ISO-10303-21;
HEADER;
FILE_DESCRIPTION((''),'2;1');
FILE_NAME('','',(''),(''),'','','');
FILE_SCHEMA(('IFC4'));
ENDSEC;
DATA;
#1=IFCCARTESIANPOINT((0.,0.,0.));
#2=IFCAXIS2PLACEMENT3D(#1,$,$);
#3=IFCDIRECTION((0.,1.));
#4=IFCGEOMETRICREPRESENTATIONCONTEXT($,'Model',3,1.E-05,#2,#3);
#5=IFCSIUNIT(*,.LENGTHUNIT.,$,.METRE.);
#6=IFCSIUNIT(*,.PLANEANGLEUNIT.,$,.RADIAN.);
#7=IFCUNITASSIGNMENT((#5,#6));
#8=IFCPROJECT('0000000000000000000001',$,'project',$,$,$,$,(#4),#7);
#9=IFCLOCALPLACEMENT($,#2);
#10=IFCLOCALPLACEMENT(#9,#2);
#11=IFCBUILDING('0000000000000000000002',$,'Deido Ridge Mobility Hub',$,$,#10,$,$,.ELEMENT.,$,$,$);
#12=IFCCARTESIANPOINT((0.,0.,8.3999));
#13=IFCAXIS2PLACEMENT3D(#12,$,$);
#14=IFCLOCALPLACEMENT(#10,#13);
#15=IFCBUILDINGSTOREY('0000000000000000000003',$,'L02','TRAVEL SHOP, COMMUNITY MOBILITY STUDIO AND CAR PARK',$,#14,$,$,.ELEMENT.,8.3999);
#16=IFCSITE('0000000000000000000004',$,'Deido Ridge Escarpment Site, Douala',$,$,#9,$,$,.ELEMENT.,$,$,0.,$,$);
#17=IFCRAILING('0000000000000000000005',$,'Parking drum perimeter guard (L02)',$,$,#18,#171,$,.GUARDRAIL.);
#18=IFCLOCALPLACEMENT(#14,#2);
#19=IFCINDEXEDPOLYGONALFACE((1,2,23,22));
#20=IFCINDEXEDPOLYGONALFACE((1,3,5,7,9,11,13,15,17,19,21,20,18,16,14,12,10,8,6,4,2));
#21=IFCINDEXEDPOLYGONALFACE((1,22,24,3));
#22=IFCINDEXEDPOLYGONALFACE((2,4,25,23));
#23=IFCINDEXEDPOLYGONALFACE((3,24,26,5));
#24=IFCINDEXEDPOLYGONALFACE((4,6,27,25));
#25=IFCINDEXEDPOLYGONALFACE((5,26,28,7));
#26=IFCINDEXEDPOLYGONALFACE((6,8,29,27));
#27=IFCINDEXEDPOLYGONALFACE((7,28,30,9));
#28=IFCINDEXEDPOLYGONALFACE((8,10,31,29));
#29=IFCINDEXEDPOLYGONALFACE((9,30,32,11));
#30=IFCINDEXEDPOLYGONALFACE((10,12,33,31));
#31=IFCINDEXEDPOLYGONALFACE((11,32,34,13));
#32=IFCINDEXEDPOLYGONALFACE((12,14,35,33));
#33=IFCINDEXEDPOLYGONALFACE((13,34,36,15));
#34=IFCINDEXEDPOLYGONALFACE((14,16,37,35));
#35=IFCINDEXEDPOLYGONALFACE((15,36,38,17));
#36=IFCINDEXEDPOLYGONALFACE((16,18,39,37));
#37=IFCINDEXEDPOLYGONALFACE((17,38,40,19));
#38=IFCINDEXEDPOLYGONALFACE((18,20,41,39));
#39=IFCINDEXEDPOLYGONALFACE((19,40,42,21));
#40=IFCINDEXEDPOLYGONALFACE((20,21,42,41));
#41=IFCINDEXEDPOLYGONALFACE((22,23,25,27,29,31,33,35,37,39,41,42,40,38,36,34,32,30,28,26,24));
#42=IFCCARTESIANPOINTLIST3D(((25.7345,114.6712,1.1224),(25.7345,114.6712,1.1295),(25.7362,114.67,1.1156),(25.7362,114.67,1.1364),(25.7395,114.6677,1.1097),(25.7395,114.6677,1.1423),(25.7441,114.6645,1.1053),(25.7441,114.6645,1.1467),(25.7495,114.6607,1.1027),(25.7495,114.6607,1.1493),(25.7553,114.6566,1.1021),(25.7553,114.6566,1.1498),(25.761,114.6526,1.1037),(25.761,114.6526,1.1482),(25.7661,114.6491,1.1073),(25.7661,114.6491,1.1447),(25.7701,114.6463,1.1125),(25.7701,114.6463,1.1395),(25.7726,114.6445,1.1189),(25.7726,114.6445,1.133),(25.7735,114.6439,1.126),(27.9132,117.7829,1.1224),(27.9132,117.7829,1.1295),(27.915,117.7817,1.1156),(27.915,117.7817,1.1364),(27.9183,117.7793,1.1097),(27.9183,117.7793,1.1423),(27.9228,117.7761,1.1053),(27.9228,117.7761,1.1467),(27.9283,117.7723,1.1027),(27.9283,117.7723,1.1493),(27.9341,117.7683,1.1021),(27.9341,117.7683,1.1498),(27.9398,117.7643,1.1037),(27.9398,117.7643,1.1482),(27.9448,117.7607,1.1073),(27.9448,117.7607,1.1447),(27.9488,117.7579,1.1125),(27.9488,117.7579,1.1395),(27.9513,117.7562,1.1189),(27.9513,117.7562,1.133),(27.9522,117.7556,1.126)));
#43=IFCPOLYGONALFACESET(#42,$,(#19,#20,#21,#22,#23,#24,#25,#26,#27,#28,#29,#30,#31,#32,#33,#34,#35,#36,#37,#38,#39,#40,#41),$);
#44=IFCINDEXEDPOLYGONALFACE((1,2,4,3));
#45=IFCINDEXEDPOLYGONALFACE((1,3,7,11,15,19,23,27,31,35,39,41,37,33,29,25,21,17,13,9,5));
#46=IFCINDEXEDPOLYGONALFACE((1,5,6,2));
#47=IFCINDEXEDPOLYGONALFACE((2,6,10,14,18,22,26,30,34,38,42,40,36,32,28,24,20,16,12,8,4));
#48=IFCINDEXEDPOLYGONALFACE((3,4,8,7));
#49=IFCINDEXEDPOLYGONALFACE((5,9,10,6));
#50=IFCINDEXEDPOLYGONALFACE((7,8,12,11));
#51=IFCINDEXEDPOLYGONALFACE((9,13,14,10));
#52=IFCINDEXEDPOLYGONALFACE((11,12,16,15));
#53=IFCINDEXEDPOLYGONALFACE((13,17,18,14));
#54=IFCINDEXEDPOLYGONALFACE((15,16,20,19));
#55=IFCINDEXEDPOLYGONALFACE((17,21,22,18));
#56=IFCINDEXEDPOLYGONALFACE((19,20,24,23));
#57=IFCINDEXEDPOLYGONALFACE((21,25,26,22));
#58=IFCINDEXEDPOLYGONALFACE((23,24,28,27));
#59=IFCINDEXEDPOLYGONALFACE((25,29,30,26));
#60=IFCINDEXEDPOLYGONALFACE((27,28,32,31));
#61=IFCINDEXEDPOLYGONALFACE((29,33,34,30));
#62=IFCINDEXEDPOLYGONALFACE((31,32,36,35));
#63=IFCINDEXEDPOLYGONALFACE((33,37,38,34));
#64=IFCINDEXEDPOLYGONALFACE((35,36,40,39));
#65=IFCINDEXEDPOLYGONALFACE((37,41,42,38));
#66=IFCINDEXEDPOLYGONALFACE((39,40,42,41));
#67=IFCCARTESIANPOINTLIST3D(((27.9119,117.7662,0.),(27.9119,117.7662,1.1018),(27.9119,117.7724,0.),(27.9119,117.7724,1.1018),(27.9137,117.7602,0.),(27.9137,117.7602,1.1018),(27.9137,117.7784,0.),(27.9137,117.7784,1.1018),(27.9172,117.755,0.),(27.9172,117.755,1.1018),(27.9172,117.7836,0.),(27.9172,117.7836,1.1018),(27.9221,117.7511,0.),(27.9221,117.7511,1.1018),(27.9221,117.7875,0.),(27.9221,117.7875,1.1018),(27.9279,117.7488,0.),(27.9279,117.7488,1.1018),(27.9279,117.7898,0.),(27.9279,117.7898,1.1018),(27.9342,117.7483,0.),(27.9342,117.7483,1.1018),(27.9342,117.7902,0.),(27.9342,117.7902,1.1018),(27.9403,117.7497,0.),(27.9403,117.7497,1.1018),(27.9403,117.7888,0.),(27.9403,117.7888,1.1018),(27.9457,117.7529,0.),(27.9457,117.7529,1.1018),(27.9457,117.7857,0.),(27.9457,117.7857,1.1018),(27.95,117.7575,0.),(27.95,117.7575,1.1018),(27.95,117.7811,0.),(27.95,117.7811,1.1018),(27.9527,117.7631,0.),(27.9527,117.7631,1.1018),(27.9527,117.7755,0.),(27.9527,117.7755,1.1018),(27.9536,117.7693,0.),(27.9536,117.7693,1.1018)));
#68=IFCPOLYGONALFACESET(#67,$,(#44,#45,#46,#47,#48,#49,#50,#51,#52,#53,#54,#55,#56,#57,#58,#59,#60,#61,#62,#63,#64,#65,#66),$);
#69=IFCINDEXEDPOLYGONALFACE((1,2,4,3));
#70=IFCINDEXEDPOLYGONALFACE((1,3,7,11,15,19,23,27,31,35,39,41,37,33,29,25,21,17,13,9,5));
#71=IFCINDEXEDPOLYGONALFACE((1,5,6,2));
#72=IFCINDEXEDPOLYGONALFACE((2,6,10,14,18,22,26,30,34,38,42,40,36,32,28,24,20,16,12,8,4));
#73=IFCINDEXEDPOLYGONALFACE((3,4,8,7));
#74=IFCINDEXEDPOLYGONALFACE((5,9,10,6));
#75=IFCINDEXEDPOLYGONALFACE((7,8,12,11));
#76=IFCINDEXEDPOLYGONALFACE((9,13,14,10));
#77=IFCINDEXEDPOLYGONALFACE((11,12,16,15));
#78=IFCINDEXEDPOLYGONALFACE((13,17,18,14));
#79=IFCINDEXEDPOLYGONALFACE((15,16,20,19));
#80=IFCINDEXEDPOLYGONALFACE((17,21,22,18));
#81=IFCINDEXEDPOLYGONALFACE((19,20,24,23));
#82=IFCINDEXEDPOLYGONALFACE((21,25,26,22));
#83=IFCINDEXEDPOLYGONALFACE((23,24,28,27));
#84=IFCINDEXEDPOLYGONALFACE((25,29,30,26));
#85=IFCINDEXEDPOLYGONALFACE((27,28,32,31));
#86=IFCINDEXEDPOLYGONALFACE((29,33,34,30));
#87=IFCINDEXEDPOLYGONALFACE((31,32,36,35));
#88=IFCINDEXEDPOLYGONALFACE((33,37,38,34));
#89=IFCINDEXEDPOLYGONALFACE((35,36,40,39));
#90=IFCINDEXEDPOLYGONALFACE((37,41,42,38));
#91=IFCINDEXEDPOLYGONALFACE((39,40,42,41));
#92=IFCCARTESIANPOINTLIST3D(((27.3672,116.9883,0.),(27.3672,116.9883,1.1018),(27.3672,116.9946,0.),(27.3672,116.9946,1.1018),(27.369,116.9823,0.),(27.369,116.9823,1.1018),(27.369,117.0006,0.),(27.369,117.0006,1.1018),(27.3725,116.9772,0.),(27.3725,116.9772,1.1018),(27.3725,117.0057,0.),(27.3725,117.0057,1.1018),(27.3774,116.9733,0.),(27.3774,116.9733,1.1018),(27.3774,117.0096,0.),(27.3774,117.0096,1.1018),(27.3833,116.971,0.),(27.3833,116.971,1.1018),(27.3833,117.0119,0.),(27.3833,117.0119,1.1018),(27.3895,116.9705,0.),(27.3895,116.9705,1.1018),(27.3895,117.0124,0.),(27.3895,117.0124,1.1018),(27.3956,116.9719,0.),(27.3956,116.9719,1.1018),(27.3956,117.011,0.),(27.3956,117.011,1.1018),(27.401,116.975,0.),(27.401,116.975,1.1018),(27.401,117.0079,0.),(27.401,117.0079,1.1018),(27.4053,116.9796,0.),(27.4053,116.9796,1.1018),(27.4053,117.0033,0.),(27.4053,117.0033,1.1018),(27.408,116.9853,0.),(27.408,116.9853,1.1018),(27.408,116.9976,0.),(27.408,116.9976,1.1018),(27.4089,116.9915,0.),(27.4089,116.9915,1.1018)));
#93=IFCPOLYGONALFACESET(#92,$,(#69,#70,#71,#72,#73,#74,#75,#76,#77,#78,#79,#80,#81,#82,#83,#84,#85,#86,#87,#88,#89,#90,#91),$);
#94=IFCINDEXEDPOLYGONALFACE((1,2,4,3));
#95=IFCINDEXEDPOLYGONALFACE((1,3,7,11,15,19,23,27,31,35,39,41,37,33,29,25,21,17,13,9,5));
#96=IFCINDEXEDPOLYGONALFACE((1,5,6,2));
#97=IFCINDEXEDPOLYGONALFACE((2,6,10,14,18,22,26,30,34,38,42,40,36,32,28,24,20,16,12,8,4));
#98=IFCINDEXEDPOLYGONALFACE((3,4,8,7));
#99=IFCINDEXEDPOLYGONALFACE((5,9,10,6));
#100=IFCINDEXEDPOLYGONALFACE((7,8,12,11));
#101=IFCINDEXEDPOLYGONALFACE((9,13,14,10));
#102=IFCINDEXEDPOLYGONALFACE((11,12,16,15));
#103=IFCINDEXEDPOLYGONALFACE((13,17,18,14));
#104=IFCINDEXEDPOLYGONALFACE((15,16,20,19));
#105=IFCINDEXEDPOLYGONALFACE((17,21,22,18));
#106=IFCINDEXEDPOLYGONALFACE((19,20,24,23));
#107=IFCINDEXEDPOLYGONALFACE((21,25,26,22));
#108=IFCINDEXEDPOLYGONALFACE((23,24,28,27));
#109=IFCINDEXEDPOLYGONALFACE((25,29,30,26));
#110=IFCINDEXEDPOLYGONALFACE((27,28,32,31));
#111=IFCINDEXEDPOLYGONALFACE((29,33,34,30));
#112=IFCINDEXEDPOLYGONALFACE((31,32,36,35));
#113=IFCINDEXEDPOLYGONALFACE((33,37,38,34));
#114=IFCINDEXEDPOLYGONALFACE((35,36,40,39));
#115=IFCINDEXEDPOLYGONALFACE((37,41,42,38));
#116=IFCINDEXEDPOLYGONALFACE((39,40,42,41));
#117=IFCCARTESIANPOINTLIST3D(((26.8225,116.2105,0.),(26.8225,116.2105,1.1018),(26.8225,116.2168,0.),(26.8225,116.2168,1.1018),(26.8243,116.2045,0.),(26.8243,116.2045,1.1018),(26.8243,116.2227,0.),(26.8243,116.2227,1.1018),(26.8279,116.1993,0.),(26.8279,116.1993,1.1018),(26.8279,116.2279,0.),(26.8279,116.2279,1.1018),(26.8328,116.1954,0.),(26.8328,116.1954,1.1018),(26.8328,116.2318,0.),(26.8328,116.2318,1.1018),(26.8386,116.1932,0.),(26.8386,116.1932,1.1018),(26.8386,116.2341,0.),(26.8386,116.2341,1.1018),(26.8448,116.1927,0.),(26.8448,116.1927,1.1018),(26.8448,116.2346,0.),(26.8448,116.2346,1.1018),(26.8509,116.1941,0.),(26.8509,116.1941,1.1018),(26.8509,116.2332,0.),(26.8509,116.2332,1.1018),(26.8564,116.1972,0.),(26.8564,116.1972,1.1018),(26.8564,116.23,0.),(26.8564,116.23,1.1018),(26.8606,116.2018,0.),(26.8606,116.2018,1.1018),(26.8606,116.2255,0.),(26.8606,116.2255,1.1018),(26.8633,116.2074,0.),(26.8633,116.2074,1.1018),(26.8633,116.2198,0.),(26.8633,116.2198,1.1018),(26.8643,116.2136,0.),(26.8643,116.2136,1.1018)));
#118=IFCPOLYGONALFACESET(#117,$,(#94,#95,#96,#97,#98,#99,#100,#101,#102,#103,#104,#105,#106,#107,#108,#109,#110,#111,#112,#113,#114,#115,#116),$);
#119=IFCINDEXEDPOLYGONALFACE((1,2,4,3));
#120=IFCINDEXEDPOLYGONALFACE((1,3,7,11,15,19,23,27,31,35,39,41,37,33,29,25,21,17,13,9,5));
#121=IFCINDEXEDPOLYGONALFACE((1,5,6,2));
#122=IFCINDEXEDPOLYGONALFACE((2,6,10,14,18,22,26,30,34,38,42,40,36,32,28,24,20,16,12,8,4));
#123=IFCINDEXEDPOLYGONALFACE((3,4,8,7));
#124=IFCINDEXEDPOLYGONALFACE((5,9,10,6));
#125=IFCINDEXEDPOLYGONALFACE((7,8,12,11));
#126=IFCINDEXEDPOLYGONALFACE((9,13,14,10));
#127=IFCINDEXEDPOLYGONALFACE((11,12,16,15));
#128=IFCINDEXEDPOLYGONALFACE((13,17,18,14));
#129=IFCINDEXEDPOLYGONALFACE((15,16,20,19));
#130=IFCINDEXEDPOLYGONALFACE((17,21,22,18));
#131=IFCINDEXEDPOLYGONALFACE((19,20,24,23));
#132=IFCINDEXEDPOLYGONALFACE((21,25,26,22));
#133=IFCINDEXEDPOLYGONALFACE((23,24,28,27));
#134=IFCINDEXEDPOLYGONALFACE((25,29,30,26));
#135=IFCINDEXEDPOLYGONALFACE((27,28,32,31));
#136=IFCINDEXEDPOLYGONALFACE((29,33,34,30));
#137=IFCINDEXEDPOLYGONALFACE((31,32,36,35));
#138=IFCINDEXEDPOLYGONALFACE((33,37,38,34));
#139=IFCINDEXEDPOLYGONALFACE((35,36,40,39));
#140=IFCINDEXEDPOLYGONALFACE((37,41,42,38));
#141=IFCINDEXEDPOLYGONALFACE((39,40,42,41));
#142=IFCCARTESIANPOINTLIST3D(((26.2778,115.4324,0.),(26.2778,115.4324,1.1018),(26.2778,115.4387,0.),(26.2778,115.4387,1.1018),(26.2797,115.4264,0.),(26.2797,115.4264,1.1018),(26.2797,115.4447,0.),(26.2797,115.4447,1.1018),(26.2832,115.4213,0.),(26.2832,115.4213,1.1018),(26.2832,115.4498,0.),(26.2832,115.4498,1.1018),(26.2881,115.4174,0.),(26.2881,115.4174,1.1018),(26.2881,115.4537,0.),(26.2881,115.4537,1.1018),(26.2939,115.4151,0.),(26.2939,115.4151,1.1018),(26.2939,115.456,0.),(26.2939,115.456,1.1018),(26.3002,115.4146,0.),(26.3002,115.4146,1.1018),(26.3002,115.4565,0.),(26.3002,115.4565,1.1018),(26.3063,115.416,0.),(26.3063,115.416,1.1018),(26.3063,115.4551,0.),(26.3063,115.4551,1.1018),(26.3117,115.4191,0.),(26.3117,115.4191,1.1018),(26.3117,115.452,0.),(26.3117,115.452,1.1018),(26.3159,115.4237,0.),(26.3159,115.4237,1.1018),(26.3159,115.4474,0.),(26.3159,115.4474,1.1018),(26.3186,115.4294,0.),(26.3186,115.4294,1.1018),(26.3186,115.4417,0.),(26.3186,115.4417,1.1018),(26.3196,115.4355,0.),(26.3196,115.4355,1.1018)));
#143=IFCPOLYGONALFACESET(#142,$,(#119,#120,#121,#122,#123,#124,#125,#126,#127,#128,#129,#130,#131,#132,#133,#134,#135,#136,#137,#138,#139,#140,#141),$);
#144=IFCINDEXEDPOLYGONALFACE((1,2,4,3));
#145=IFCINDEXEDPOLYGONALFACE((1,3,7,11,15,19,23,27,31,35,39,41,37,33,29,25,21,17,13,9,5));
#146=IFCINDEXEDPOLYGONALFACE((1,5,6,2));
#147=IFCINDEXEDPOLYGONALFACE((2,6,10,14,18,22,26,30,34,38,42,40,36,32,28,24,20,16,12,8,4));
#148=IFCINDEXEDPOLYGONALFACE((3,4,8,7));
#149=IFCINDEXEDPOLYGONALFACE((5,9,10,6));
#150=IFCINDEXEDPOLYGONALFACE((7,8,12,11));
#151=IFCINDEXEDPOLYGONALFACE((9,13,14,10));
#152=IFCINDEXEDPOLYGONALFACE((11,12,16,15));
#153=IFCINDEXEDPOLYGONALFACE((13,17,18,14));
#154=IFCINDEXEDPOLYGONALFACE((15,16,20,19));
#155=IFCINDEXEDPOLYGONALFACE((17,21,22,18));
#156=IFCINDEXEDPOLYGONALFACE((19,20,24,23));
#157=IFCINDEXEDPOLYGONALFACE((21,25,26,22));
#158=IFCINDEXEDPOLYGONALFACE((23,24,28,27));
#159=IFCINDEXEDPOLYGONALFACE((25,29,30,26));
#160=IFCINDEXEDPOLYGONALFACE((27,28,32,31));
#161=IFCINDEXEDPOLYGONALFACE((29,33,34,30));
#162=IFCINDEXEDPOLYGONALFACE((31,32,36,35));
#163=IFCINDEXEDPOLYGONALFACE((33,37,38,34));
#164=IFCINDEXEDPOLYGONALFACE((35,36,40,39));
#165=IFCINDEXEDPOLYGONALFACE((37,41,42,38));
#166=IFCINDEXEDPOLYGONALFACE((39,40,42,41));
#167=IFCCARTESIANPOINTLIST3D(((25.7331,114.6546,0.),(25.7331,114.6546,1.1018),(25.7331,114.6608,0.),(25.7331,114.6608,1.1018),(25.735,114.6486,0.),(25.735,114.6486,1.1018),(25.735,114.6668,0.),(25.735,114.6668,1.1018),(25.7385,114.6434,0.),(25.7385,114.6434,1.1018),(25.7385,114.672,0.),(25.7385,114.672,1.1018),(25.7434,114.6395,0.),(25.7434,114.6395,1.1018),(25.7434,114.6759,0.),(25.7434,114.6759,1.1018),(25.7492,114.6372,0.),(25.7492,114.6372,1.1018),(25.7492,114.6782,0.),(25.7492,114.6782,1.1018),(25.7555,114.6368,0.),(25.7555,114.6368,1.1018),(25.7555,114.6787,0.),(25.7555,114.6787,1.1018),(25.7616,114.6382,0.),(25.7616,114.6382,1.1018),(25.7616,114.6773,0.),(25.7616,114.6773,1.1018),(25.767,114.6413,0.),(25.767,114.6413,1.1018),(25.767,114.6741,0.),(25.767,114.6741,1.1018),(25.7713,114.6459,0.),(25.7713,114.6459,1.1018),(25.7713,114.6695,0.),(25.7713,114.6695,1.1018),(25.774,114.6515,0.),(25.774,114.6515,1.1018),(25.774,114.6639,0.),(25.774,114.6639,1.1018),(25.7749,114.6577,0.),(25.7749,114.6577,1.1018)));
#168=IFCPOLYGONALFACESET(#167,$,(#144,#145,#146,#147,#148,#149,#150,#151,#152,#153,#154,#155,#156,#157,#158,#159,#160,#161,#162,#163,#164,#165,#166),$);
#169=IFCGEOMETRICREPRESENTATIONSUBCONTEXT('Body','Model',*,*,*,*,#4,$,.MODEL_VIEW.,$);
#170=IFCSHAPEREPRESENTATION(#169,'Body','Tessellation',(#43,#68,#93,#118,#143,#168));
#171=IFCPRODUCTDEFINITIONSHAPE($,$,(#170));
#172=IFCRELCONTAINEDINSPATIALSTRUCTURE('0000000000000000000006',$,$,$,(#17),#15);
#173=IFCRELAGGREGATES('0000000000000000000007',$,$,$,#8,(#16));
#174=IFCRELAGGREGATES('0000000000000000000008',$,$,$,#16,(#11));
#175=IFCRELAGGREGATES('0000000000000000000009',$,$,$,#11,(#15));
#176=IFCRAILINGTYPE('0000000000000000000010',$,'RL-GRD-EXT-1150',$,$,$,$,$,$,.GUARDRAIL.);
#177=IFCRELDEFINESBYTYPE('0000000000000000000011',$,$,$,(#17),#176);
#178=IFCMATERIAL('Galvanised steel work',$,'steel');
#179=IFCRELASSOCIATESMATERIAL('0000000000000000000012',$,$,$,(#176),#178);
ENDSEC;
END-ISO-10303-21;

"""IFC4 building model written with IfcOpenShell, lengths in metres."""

from ifc_helpers import new_model, si_unit, direction, frame, origin, origin_2d, place, context, subcontext, project, spatial, circle, extrude, material, type_object, element, save


model = new_model("IFC4")

# Units and contexts
model_context = context("Model", 3, precision=1e-05, world=origin(), true_north=direction((0.0, 1.0)))
body_context = subcontext(model_context, "Body", "Model", "MODEL_VIEW")
ifc_project = project(units=[si_unit("LENGTHUNIT", "METRE"), si_unit("PLANEANGLEUNIT", "RADIAN")], contexts=[model_context])

# Site, building, storey
site_placement = place(None, origin())
site = spatial("IfcSite", under=ifc_project, at=site_placement, Name="Deido Ridge Escarpment Site, Douala", CompositionType="ELEMENT", RefElevation=0.0)
building_placement = place(site_placement, origin())
building = spatial("IfcBuilding", under=site, at=building_placement, Name="Deido Ridge Mobility Hub", CompositionType="ELEMENT")
storey_placement = place(building_placement, frame((0.0, 0.0, 8.3999)))
storey = spatial("IfcBuildingStorey", under=building, at=storey_placement, Name="L02", Description="TRAVEL SHOP, COMMUNITY MOBILITY STUDIO AND CAR PARK", CompositionType="ELEMENT", Elevation=8.3999)

# Railing
ifc_material_1 = material(Name="Galvanised steel work", Category="steel")
railing_type = type_object("IfcRailingType", Name="RL-GRD-EXT-1150", PredefinedType="GUARDRAIL", material=ifc_material_1)
railing_1_placement = place(storey_placement, frame((27.9326, 117.7693, 0.0)))
element("IfcRailing", 1, at=railing_1_placement, inside=storey, type_object=railing_type, Name="Parking drum perimeter guard (L02)", PredefinedType="GUARDRAIL", context=body_context, shape_type="SweptSolid", body=[
    extrude(circle(Radius=0.0239, at=origin_2d()), frame((0.0, 0.0, 1.126), z_axis=(-0.57357, -0.819156, 0.0), x_axis=(0.819156, -0.57357, 0.0)), (0.0, 0.0, 1.0), 3.7986),
    extrude(circle(Radius=0.021, at=origin_2d()), origin(), (0.0, 0.0, 1.0), 1.1018),
    extrude(circle(Radius=0.021, at=origin_2d()), frame((-0.5447, -0.7778, 0.0)), (0.0, 0.0, 1.0), 1.1018),
    extrude(circle(Radius=0.021, at=origin_2d()), frame((-1.0894, -1.5557, 0.0)), (0.0, 0.0, 1.0), 1.1018),
    extrude(circle(Radius=0.021, at=origin_2d()), frame((-1.634, -2.3337, 0.0)), (0.0, 0.0, 1.0), 1.1018),
    extrude(circle(Radius=0.021, at=origin_2d()), frame((-2.1787, -3.1116, 0.0)), (0.0, 0.0, 1.0), 1.1018),
])

save(model, "model.ifc")
